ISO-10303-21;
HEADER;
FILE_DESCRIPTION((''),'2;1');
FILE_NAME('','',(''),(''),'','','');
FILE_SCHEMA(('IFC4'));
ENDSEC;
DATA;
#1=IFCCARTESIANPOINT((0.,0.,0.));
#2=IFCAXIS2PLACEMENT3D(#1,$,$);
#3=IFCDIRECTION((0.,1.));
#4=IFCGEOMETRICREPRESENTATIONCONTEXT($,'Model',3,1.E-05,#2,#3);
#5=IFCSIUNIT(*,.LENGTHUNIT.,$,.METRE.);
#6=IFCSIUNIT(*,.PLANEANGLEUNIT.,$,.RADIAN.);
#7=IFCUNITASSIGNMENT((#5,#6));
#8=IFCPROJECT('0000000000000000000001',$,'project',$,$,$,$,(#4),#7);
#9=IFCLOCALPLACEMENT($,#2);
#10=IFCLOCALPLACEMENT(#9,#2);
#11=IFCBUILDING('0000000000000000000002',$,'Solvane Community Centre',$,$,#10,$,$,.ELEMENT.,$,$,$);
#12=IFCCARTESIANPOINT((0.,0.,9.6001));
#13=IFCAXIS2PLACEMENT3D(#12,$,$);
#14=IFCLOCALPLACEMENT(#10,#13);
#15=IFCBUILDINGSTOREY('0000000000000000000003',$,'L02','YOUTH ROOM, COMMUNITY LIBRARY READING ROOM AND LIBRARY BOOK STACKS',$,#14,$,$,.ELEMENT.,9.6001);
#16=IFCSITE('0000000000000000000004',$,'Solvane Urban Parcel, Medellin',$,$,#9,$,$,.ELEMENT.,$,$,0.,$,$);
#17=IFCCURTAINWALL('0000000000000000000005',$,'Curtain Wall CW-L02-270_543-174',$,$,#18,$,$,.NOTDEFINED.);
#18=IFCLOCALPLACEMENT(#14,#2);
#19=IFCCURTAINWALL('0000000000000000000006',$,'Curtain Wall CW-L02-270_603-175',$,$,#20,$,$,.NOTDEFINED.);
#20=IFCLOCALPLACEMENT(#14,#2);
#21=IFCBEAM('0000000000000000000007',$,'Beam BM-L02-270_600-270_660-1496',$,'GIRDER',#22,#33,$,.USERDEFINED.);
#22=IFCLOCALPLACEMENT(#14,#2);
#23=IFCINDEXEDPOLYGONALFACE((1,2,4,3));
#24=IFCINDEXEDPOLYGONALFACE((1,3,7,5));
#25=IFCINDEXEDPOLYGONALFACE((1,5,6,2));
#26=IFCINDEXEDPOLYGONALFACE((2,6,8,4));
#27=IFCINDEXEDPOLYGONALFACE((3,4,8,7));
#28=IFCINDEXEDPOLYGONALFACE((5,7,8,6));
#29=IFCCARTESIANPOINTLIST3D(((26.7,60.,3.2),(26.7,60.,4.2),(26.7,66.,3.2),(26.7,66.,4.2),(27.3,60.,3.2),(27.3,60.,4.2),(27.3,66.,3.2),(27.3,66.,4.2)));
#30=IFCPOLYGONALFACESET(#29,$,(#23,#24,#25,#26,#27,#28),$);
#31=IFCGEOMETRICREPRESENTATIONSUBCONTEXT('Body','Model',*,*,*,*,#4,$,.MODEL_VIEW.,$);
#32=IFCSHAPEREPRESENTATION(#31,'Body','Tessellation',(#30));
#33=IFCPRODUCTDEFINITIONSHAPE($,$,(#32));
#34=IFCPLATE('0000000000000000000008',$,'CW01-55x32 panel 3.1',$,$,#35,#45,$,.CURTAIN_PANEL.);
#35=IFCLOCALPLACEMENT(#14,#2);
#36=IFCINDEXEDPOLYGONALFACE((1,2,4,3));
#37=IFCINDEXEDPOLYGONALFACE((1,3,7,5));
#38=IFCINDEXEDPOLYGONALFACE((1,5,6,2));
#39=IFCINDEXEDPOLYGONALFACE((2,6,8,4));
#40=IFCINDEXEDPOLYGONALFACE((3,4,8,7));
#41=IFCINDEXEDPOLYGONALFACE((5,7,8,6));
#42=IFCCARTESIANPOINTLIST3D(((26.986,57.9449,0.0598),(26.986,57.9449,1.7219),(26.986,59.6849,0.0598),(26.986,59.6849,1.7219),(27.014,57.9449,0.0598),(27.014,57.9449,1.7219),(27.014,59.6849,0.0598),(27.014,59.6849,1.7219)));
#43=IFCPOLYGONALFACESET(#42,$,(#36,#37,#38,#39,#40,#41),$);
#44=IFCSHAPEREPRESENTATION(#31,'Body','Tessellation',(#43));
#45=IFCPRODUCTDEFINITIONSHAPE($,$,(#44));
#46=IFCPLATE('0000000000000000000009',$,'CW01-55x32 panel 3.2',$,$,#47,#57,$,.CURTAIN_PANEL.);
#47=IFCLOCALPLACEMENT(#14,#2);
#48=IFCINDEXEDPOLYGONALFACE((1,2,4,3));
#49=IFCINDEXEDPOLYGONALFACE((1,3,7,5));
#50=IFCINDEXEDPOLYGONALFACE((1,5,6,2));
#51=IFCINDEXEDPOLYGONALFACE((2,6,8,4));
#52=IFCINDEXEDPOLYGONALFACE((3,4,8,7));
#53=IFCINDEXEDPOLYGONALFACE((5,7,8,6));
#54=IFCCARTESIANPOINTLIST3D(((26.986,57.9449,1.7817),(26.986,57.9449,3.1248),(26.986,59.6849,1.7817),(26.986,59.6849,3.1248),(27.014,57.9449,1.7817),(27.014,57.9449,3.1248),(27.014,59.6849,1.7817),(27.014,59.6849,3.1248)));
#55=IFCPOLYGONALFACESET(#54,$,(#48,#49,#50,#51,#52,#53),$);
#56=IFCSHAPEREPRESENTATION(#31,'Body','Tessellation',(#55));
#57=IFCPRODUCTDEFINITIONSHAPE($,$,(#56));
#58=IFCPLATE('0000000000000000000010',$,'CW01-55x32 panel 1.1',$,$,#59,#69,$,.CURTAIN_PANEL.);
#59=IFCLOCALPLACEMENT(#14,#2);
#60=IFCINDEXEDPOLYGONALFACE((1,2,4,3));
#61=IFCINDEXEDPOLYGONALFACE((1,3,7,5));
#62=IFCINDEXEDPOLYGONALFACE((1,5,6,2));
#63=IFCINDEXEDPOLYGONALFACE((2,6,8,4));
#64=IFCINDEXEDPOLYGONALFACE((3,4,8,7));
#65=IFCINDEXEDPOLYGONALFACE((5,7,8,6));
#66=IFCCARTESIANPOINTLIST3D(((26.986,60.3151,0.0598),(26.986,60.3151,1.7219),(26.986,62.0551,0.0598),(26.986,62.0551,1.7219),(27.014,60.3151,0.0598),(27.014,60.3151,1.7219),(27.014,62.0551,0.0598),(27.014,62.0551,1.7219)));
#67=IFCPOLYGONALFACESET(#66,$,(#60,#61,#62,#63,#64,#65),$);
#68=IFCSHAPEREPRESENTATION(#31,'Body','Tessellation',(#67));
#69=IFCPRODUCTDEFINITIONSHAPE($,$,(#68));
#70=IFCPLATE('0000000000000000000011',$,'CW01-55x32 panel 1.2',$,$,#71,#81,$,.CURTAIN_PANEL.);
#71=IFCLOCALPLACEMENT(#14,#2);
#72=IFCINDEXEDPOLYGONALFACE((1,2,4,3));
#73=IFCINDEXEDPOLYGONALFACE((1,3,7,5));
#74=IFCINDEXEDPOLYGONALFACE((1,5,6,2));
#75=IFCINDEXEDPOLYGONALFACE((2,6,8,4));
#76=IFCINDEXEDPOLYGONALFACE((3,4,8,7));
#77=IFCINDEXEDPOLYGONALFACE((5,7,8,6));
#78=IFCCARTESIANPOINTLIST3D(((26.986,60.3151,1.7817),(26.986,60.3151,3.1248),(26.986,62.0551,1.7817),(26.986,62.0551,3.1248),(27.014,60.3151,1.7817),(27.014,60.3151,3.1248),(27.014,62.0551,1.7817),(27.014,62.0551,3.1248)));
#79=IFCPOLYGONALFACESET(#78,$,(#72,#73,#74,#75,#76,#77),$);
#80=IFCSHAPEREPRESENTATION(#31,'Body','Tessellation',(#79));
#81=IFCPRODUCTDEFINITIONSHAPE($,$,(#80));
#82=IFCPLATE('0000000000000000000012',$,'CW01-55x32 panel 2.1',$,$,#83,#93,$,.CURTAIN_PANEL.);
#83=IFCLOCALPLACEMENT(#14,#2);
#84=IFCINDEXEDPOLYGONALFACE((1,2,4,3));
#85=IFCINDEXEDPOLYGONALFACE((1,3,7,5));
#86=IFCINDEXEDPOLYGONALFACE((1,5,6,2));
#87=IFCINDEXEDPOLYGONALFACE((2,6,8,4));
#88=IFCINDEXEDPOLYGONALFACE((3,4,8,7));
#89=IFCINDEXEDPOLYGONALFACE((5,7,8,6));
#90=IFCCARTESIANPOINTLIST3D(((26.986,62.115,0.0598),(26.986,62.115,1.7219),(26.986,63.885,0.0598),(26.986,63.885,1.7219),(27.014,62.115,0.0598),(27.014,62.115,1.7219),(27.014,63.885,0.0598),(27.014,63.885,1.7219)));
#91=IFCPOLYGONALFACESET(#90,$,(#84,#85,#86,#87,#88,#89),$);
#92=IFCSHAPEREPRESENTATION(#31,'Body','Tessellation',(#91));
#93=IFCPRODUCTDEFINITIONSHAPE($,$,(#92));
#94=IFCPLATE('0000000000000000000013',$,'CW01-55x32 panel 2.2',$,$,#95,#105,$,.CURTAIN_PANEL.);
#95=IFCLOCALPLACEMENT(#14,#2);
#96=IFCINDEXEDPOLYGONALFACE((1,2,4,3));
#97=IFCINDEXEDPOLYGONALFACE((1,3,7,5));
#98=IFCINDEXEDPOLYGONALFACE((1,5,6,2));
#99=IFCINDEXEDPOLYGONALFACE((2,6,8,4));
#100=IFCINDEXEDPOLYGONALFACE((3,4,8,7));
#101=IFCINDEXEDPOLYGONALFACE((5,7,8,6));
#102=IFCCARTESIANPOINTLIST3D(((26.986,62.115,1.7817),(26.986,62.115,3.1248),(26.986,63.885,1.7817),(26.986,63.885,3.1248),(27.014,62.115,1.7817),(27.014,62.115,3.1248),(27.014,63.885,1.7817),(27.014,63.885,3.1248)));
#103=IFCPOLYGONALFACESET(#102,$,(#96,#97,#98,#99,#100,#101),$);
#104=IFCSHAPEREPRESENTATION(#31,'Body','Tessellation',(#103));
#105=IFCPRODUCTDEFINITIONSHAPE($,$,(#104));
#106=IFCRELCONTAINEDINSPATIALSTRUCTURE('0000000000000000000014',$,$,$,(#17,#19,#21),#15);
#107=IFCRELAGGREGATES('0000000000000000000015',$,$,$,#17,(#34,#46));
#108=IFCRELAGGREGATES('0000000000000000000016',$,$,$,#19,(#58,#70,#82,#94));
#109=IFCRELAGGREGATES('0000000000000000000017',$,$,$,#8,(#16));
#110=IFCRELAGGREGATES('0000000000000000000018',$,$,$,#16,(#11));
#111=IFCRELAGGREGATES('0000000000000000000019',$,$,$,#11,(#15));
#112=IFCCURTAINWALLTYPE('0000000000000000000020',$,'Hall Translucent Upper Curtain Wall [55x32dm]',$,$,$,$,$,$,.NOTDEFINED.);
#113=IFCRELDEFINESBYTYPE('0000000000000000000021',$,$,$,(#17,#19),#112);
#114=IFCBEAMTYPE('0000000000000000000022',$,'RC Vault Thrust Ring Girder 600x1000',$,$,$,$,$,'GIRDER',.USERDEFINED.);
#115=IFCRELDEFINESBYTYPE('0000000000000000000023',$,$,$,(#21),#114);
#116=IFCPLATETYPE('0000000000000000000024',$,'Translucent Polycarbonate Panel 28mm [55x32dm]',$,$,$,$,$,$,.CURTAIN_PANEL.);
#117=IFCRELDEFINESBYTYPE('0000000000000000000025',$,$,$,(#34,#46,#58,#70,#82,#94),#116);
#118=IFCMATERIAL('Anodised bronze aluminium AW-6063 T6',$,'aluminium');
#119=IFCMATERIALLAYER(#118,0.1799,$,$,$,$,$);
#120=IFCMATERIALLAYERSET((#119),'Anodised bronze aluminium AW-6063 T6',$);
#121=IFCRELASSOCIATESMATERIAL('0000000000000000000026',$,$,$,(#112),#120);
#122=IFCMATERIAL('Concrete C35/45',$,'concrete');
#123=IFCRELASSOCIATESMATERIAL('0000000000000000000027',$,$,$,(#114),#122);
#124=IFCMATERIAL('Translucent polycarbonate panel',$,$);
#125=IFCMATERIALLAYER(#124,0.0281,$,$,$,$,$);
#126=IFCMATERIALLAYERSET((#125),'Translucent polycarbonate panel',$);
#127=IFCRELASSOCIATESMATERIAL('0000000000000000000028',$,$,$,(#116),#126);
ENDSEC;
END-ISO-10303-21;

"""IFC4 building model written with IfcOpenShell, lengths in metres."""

from ifc_helpers import new_model, si_unit, direction, frame, origin, origin_2d, place, context, subcontext, project, spatial, rectangle, extrude, material, layer, layer_set, material_profile, profile_set, type_object, element, aggregate, save


model = new_model("IFC4")

# Units and contexts
model_context = context("Model", 3, precision=1e-05, world=origin(), true_north=direction((0.0, 1.0)))
body_context = subcontext(model_context, "Body", "Model", "MODEL_VIEW")
ifc_project = project(units=[si_unit("LENGTHUNIT", "METRE"), si_unit("PLANEANGLEUNIT", "RADIAN")], contexts=[model_context])

# Site, building, storey
site_placement = place(None, origin())
site = spatial("IfcSite", under=ifc_project, at=site_placement, Name="Solvane Urban Parcel, Medellin", CompositionType="ELEMENT", RefElevation=0.0)
building_placement = place(site_placement, origin())
building = spatial("IfcBuilding", under=site, at=building_placement, Name="Solvane Community Centre", CompositionType="ELEMENT")
storey_placement = place(building_placement, frame((0.0, 0.0, 9.6001)))
storey = spatial("IfcBuildingStorey", under=building, at=storey_placement, Name="L02", Description="YOUTH ROOM, COMMUNITY LIBRARY READING ROOM AND LIBRARY BOOK STACKS", CompositionType="ELEMENT", Elevation=9.6001)

# Curtain wall
ifc_material_1 = material(Name="Anodised bronze aluminium AW-6063 T6", Category="aluminium")
ifc_layer_1 = layer(ifc_material_1, 0.1799)
ifc_layer_set_1 = layer_set([ifc_layer_1], Name="Anodised bronze aluminium AW-6063 T6")
curtain_wall_type = type_object("IfcCurtainWallType", Name="Hall Translucent Upper Curtain Wall [55x32dm]", PredefinedType="NOTDEFINED", material=ifc_layer_set_1)
curtain_wall_1_placement = place(storey_placement, origin())
curtain_wall_1 = element("IfcCurtainWall", 1, at=curtain_wall_1_placement, inside=storey, type_object=curtain_wall_type, Name="Curtain Wall CW-L02-270_543-174", PredefinedType="NOTDEFINED")

# Curtain wall
curtain_wall_2_placement = place(storey_placement, origin())
curtain_wall_2 = element("IfcCurtainWall", 2, at=curtain_wall_2_placement, inside=storey, type_object=curtain_wall_type, Name="Curtain Wall CW-L02-270_603-175", PredefinedType="NOTDEFINED")

# Beam
ifc_material_2 = material(Name="Concrete C35/45", Category="concrete")
ifc_material_profile_1 = material_profile(ifc_material_2, rectangle(XDim=0.6001, YDim=1.0, at=origin_2d()), Name="RC 600x1000")
ifc_profile_set_1 = profile_set([ifc_material_profile_1], Name="Concrete C35/45")
beam_type_1 = type_object("IfcBeamType", Name="RC Vault Thrust Ring Girder 600x1000", ElementType="GIRDER", PredefinedType="USERDEFINED", material=ifc_profile_set_1)
for number, where, z_axis, x_axis, name in (
    (3, (27.0, 60.0, 3.7), (0.0, 1.0, 0.0), (-1.0, 0.0, 0.0), "Beam BM-L02-270_600-270_660-1496"),
):
    element("IfcBeam", number, at=place(storey_placement, frame(where, z_axis=z_axis, x_axis=x_axis)), inside=storey, type_object=beam_type_1, Name=name, ObjectType="GIRDER", PredefinedType="USERDEFINED", context=body_context, shape_type="SweptSolid", body=[
        extrude(rectangle(XDim=0.6001, YDim=1.0, at=origin_2d()), origin(), (0.0, 0.0, 1.0), 6.0),
    ])

# Plates
ifc_material_3 = material(Name="Translucent polycarbonate panel")
ifc_layer_2 = layer(ifc_material_3, 0.0281)
ifc_layer_set_2 = layer_set([ifc_layer_2], Name="Translucent polycarbonate panel")
plate_type = type_object("IfcPlateType", Name="Translucent Polycarbonate Panel 28mm [55x32dm]", PredefinedType="CURTAIN_PANEL", material=ifc_layer_set_2)
plate_1_placement = place(storey_placement, frame((27.0, 58.8149, 0.0598), z_axis=(0.0, 0.0, 1.0), x_axis=(0.0, 1.0, 0.0)))
plate_1 = element("IfcPlate", 4, at=plate_1_placement, type_object=plate_type, Name="CW01-55x32 panel 3.1", PredefinedType="CURTAIN_PANEL", context=body_context, shape_type="SweptSolid", body=[
    extrude(rectangle(XDim=1.74, YDim=0.0281, at=origin_2d()), origin(), (0.0, 0.0, 1.0), 1.6621),
])
plate_2_placement = place(storey_placement, frame((27.0, 58.8149, 1.7817), z_axis=(0.0, 0.0, 1.0), x_axis=(0.0, 1.0, 0.0)))
plate_2 = element("IfcPlate", 5, at=plate_2_placement, type_object=plate_type, Name="CW01-55x32 panel 3.2", PredefinedType="CURTAIN_PANEL", context=body_context, shape_type="SweptSolid", body=[
    extrude(rectangle(XDim=1.74, YDim=0.0281, at=origin_2d()), origin(), (0.0, 0.0, 1.0), 1.343),
])
aggregate(curtain_wall_1, [plate_1, plate_2])
plate_3_placement = place(storey_placement, frame((27.0, 61.1851, 0.0598), z_axis=(0.0, 0.0, 1.0), x_axis=(0.0, 1.0, 0.0)))
plate_3 = element("IfcPlate", 6, at=plate_3_placement, type_object=plate_type, Name="CW01-55x32 panel 1.1", PredefinedType="CURTAIN_PANEL", context=body_context, shape_type="SweptSolid", body=[
    extrude(rectangle(XDim=1.74, YDim=0.0281, at=origin_2d()), origin(), (0.0, 0.0, 1.0), 1.6621),
])
plate_4_placement = place(storey_placement, frame((27.0, 61.1851, 1.7817), z_axis=(0.0, 0.0, 1.0), x_axis=(0.0, 1.0, 0.0)))
plate_4 = element("IfcPlate", 7, at=plate_4_placement, type_object=plate_type, Name="CW01-55x32 panel 1.2", PredefinedType="CURTAIN_PANEL", context=body_context, shape_type="SweptSolid", body=[
    extrude(rectangle(XDim=1.74, YDim=0.0281, at=origin_2d()), origin(), (0.0, 0.0, 1.0), 1.343),
])
plate_5_placement = place(storey_placement, frame((27.0, 63.0, 0.0598), z_axis=(0.0, 0.0, 1.0), x_axis=(0.0, 1.0, 0.0)))
plate_5 = element("IfcPlate", 8, at=plate_5_placement, type_object=plate_type, Name="CW01-55x32 panel 2.1", PredefinedType="CURTAIN_PANEL", context=body_context, shape_type="SweptSolid", body=[
    extrude(rectangle(XDim=1.77, YDim=0.0281, at=origin_2d()), origin(), (0.0, 0.0, 1.0), 1.6621),
])
plate_6_placement = place(storey_placement, frame((27.0, 63.0, 1.7817), z_axis=(0.0, 0.0, 1.0), x_axis=(0.0, 1.0, 0.0)))
plate_6 = element("IfcPlate", 9, at=plate_6_placement, type_object=plate_type, Name="CW01-55x32 panel 2.2", PredefinedType="CURTAIN_PANEL", context=body_context, shape_type="SweptSolid", body=[
    extrude(rectangle(XDim=1.77, YDim=0.0281, at=origin_2d()), origin(), (0.0, 0.0, 1.0), 1.343),
])
aggregate(curtain_wall_2, [plate_3, plate_4, plate_5, plate_6])

save(model, "model.ifc")
